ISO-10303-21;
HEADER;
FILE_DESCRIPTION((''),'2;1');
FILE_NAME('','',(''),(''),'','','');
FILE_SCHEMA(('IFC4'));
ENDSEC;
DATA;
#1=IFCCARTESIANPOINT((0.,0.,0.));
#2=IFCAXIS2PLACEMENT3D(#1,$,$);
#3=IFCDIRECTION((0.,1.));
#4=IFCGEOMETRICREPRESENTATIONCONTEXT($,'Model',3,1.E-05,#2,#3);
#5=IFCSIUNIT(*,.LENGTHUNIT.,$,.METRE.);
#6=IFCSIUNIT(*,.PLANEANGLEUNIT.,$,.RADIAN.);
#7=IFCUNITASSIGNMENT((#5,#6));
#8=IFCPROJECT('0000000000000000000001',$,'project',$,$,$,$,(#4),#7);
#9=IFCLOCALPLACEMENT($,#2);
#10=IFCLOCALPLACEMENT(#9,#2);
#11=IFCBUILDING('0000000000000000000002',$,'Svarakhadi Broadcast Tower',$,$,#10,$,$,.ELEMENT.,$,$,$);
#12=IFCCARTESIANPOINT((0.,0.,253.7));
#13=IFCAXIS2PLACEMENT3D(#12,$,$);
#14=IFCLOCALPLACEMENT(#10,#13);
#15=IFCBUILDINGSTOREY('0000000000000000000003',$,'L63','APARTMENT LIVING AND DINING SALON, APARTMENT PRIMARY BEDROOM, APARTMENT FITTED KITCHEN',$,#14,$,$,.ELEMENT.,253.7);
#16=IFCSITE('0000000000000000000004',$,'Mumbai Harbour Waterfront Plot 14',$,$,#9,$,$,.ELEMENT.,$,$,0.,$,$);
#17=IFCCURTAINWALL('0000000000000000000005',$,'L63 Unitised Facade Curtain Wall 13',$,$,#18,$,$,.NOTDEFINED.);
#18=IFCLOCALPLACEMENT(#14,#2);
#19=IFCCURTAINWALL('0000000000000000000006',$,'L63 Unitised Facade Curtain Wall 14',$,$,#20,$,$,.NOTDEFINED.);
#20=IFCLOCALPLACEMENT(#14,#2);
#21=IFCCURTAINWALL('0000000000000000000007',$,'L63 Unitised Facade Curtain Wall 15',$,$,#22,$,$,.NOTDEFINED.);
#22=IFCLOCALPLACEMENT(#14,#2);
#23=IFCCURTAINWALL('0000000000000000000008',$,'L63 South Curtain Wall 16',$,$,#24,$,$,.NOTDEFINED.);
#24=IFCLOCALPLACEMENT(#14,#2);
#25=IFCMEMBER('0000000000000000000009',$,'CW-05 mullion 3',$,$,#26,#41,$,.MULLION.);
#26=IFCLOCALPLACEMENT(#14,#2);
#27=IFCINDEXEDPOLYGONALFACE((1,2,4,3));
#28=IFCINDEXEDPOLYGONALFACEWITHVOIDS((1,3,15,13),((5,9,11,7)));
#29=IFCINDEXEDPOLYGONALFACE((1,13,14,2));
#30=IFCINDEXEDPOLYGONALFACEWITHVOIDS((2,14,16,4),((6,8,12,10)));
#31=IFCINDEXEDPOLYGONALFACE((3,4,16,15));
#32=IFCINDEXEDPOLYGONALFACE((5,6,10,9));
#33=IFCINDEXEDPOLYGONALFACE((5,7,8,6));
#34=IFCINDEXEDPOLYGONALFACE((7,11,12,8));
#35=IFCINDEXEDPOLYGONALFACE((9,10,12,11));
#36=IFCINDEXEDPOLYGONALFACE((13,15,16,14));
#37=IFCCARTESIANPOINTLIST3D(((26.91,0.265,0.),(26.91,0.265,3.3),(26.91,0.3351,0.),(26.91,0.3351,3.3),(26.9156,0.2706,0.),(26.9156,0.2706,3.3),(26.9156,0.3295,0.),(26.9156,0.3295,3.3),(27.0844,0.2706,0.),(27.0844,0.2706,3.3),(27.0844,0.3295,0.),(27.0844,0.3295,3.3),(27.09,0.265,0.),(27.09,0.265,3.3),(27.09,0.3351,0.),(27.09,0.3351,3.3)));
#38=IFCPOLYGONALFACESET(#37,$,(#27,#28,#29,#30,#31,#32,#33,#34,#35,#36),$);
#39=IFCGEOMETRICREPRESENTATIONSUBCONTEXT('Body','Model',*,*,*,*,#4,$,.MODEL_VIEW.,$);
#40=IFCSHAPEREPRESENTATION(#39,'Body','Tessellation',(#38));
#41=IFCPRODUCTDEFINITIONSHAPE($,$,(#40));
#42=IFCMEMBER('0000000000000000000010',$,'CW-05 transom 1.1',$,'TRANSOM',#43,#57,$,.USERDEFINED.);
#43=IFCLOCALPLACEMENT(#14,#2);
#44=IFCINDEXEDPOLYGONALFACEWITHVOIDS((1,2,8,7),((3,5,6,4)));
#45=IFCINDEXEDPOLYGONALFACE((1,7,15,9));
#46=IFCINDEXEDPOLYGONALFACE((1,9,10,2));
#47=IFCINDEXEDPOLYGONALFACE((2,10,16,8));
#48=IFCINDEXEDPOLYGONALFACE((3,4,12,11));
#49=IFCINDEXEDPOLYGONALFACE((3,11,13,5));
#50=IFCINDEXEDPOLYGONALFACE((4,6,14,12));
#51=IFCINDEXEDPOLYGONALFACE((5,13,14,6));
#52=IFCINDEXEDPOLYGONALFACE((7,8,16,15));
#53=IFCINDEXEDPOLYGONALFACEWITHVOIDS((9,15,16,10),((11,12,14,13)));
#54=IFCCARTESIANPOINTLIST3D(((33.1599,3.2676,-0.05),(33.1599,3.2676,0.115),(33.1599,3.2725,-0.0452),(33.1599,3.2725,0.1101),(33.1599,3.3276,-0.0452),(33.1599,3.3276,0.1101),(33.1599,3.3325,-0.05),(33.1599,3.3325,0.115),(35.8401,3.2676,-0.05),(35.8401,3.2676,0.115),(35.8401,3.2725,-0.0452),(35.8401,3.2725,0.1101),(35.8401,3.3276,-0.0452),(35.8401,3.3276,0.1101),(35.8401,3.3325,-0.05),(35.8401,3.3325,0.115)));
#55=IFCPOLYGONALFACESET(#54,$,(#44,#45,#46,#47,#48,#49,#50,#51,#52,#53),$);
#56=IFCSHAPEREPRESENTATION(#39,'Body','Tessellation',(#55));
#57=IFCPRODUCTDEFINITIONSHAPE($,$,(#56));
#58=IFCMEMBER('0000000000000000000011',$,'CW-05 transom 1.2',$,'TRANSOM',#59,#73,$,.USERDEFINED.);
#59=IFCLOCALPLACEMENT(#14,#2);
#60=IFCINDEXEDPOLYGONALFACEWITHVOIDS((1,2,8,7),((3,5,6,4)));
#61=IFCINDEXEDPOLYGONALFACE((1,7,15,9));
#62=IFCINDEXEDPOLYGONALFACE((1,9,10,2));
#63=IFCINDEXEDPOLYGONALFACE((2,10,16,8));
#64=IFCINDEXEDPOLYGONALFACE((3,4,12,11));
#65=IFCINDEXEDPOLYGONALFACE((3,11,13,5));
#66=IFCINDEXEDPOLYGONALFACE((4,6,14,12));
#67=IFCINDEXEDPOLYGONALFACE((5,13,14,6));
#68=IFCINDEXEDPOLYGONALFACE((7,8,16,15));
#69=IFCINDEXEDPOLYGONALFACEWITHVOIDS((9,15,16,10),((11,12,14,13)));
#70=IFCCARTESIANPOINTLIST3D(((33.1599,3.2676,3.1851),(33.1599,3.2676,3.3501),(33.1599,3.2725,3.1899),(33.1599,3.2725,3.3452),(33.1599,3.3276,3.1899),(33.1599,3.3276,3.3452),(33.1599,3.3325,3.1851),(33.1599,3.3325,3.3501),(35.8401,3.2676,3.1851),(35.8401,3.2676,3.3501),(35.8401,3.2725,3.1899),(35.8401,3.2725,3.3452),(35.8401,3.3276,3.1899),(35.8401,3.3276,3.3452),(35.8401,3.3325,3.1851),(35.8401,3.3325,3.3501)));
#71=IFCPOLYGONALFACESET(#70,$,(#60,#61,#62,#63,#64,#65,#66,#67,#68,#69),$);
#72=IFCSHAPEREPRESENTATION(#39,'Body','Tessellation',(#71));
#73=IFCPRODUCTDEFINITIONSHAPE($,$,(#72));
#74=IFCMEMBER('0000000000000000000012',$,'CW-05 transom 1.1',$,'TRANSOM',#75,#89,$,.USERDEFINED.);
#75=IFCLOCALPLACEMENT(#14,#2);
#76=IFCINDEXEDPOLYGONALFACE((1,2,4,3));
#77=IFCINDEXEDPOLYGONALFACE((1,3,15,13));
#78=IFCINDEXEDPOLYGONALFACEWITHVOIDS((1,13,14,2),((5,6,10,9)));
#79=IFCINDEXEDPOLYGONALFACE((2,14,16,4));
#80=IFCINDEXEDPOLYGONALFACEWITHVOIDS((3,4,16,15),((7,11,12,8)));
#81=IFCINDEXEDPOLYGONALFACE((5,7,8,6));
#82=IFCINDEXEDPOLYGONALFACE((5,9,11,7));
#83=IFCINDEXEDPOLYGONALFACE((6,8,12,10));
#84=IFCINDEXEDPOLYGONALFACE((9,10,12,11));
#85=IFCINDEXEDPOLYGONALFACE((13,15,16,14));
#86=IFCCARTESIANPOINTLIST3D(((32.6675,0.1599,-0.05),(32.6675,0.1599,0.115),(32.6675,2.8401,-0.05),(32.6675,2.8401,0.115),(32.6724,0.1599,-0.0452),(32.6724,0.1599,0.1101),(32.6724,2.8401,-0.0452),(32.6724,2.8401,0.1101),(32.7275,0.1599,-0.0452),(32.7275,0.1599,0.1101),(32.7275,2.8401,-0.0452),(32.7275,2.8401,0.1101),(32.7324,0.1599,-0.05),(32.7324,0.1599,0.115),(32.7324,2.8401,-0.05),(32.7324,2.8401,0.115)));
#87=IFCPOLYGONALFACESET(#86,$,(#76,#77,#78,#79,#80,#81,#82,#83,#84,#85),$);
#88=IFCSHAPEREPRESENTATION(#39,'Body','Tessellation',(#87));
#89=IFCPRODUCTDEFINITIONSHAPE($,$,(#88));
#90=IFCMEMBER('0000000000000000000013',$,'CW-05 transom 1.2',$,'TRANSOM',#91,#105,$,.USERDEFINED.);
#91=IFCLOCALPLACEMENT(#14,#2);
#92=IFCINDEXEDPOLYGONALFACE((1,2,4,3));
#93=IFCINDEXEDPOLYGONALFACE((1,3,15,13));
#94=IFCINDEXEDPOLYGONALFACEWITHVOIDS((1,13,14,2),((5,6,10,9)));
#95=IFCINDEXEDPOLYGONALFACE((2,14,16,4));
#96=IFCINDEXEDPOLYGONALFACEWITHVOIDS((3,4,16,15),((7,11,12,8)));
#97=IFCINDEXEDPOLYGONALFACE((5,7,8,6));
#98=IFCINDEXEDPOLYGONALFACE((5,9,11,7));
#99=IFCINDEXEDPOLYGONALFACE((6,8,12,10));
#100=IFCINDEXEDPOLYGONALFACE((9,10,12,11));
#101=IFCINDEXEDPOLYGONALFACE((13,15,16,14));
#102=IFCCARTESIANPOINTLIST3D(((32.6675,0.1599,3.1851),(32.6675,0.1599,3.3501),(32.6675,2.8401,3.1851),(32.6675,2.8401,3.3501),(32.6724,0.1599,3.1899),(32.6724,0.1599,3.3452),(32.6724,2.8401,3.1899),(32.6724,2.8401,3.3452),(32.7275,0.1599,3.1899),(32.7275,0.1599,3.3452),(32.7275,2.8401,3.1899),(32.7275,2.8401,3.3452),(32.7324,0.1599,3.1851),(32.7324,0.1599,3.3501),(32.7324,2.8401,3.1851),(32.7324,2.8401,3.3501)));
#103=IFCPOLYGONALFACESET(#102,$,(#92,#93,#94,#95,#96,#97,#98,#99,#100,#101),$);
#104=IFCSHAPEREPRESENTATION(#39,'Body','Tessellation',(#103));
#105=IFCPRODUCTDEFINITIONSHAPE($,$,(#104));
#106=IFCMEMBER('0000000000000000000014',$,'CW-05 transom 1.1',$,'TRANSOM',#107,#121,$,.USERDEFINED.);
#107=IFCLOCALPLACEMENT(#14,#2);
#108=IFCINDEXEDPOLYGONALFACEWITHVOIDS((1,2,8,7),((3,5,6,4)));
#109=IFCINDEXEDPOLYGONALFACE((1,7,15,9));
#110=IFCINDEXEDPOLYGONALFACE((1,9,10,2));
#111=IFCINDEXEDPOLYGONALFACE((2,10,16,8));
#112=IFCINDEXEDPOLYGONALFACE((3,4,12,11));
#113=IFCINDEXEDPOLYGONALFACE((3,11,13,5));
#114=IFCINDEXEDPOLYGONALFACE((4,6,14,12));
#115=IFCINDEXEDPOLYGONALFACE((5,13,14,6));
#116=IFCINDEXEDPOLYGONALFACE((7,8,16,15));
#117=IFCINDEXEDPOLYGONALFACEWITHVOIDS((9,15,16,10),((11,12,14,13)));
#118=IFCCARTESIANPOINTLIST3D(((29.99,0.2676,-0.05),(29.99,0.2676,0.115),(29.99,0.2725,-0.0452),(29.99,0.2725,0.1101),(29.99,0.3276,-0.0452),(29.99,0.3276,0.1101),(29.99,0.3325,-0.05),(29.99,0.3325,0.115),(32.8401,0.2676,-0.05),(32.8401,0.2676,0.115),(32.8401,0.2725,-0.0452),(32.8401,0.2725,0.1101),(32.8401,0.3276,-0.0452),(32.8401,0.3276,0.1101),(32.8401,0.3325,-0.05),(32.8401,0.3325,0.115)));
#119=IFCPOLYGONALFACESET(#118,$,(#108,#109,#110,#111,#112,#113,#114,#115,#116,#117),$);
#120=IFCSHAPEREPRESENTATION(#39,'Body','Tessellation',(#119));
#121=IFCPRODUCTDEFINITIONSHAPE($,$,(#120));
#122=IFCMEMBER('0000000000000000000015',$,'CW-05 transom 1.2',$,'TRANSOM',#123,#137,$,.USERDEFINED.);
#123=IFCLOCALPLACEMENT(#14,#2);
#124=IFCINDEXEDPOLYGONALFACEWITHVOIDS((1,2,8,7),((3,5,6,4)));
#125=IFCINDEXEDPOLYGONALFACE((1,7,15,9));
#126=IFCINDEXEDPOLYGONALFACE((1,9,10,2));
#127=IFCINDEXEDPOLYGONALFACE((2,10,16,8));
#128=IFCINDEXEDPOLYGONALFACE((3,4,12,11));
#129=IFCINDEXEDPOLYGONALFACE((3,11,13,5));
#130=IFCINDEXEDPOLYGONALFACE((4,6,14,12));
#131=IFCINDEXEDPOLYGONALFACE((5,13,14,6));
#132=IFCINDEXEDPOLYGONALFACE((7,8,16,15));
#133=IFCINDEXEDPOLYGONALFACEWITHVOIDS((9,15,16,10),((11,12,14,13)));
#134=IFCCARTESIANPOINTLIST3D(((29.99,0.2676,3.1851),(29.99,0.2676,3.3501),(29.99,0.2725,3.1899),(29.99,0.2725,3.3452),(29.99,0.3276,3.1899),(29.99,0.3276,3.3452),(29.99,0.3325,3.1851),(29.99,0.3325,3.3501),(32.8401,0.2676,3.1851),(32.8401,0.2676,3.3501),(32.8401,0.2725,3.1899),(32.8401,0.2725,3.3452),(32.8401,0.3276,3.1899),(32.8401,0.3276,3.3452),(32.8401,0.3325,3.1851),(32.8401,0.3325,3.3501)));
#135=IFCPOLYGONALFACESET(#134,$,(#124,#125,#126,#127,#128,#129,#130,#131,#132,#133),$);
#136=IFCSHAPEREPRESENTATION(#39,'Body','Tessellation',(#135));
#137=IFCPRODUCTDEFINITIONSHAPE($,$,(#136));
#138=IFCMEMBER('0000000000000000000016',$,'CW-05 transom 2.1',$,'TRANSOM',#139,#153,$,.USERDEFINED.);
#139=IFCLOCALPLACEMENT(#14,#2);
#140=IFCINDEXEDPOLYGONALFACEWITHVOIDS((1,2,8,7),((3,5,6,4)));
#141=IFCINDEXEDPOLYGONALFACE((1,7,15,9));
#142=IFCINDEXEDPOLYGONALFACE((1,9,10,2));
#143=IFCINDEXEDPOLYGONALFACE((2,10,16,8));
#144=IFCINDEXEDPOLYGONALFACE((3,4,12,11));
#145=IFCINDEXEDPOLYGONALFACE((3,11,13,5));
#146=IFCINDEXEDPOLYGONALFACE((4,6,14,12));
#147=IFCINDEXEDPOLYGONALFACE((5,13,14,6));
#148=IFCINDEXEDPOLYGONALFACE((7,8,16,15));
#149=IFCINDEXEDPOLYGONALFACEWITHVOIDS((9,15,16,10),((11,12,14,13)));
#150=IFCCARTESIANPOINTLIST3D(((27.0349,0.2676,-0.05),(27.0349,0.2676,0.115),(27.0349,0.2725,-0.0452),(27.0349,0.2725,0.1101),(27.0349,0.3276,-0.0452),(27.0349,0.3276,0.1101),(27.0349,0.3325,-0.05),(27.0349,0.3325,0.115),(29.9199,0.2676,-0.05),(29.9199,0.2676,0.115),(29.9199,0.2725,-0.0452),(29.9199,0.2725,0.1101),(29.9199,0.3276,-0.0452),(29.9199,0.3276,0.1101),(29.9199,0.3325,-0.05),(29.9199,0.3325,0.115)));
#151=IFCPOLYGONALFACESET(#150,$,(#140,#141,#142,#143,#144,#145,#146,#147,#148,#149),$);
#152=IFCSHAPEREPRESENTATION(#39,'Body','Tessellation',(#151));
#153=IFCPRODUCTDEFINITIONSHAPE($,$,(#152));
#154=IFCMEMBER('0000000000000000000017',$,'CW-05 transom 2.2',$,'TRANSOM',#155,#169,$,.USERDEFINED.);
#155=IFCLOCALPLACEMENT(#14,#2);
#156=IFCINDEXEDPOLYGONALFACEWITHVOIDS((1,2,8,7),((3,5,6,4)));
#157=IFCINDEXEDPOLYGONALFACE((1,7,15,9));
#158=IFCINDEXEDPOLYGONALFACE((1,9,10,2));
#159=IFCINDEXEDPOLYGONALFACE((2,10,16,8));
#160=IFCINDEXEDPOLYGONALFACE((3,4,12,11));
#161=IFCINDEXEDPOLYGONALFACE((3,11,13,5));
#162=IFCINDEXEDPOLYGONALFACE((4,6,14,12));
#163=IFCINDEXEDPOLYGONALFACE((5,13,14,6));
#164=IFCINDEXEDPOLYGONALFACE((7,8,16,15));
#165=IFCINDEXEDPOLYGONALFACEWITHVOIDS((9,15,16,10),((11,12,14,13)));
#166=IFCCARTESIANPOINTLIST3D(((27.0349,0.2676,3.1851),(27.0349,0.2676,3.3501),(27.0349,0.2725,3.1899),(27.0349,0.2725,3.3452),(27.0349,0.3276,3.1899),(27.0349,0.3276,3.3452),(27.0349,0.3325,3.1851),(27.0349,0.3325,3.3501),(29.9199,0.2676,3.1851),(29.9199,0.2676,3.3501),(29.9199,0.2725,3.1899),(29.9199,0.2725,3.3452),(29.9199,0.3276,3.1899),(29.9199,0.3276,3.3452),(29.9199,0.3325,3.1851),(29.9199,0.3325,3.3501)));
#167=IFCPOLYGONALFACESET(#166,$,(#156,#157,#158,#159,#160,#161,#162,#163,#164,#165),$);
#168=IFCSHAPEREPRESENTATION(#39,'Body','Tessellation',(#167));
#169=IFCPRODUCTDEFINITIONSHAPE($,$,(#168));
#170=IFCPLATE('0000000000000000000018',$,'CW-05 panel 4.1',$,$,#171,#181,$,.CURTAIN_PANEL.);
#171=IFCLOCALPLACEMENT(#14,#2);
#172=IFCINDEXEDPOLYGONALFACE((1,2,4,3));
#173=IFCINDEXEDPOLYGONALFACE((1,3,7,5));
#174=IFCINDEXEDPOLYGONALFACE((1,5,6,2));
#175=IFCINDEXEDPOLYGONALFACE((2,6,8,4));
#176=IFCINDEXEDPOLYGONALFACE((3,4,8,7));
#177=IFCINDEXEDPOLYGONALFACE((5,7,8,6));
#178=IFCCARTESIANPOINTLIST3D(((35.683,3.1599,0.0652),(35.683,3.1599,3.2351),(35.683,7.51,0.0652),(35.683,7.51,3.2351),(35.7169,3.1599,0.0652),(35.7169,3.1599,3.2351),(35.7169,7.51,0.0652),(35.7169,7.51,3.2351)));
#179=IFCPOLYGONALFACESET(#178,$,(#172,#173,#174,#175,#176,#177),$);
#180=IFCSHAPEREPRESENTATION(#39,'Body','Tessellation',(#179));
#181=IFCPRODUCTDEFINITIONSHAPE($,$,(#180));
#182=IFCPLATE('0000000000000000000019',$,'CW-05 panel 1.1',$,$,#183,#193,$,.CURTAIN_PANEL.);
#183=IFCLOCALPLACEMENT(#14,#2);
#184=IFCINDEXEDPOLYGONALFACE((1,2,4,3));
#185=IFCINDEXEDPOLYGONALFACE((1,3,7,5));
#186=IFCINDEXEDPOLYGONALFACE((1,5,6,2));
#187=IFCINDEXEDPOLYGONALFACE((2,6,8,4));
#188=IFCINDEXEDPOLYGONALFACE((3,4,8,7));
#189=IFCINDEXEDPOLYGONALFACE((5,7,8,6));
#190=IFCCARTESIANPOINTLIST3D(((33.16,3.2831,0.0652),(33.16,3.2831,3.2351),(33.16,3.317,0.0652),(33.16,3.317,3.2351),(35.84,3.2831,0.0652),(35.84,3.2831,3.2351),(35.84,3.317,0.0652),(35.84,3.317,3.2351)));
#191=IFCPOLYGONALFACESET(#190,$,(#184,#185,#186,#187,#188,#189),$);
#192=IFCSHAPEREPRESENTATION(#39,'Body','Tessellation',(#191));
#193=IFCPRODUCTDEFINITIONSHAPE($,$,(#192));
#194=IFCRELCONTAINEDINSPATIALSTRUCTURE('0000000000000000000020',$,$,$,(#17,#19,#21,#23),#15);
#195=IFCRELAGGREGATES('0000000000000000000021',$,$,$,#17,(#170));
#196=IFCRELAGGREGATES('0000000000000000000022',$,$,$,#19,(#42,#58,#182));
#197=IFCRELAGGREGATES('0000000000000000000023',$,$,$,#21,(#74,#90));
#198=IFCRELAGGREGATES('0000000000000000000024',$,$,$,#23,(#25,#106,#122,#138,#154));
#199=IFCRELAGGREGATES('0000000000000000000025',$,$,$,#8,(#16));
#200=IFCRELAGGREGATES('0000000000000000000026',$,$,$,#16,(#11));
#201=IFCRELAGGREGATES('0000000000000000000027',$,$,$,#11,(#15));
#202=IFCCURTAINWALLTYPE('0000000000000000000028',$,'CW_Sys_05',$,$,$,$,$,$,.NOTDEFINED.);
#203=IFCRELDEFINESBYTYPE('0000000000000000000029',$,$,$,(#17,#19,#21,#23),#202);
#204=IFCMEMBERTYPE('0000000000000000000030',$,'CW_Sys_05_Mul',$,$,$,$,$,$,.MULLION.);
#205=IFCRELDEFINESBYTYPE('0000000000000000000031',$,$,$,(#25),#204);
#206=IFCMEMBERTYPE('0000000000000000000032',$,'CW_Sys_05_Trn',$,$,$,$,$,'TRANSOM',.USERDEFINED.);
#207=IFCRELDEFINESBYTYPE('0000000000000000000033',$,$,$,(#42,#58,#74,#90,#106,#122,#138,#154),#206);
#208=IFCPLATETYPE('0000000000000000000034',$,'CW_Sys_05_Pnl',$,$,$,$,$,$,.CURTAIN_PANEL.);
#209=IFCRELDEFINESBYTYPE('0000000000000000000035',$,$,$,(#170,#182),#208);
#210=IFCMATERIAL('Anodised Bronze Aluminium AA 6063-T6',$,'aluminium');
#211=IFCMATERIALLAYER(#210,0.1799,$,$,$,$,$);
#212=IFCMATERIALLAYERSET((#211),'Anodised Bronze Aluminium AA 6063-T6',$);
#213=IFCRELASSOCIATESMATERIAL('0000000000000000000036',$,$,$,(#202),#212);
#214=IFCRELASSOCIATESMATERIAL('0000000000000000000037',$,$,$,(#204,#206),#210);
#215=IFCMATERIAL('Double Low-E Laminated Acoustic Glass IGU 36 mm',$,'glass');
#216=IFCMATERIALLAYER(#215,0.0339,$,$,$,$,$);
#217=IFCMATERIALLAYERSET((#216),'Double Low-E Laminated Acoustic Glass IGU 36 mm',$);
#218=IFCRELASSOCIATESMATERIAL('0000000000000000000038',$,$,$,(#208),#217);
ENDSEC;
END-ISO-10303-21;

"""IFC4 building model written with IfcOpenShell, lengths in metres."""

from ifc_helpers import new_model, si_unit, direction, frame, origin, origin_2d, place, context, subcontext, project, spatial, rectangle, hollow_rectangle, extrude, material, layer, layer_set, material_profile, profile_set, type_object, element, aggregate, save


model = new_model("IFC4")

# Units and contexts
model_context = context("Model", 3, precision=1e-05, world=origin(), true_north=direction((0.0, 1.0)))
body_context = subcontext(model_context, "Body", "Model", "MODEL_VIEW")
ifc_project = project(units=[si_unit("LENGTHUNIT", "METRE"), si_unit("PLANEANGLEUNIT", "RADIAN")], contexts=[model_context])

# Site, building, storey
site_placement = place(None, origin())
site = spatial("IfcSite", under=ifc_project, at=site_placement, Name="Mumbai Harbour Waterfront Plot 14", CompositionType="ELEMENT", RefElevation=0.0)
building_placement = place(site_placement, origin())
building = spatial("IfcBuilding", under=site, at=building_placement, Name="Svarakhadi Broadcast Tower", CompositionType="ELEMENT")
storey_placement = place(building_placement, frame((0.0, 0.0, 253.7)))
storey = spatial("IfcBuildingStorey", under=building, at=storey_placement, Name="L63", Description="APARTMENT LIVING AND DINING SALON, APARTMENT PRIMARY BEDROOM, APARTMENT FITTED KITCHEN", CompositionType="ELEMENT", Elevation=253.7)

# Curtain wall
ifc_material_1 = material(Name="Anodised Bronze Aluminium AA 6063-T6", Category="aluminium")
ifc_layer_1 = layer(ifc_material_1, 0.1799)
ifc_layer_set_1 = layer_set([ifc_layer_1], Name="Anodised Bronze Aluminium AA 6063-T6")
curtain_wall_type = type_object("IfcCurtainWallType", Name="CW_Sys_05", PredefinedType="NOTDEFINED", material=ifc_layer_set_1)
curtain_wall_1_placement = place(storey_placement, origin())
curtain_wall_1 = element("IfcCurtainWall", 1, at=curtain_wall_1_placement, inside=storey, type_object=curtain_wall_type, Name="L63 Unitised Facade Curtain Wall 13", PredefinedType="NOTDEFINED")
ifc_material_profile_1 = material_profile(ifc_material_1, hollow_rectangle(XDim=0.0701, YDim=0.1799, WallThickness=0.0056, at=origin_2d()), Name="ALU MULLION 180x70x6")
ifc_profile_set_1 = profile_set([ifc_material_profile_1], Name="Anodised Bronze Aluminium AA 6063-T6")
member_type_1 = type_object("IfcMemberType", Name="CW_Sys_05_Mul", PredefinedType="MULLION", material=ifc_profile_set_1)

# Curtain walls, member
curtain_wall_2_placement = place(storey_placement, origin())
curtain_wall_2 = element("IfcCurtainWall", 2, at=curtain_wall_2_placement, inside=storey, type_object=curtain_wall_type, Name="L63 Unitised Facade Curtain Wall 14", PredefinedType="NOTDEFINED")
curtain_wall_3_placement = place(storey_placement, origin())
curtain_wall_3 = element("IfcCurtainWall", 3, at=curtain_wall_3_placement, inside=storey, type_object=curtain_wall_type, Name="L63 Unitised Facade Curtain Wall 15", PredefinedType="NOTDEFINED")
curtain_wall_4_placement = place(storey_placement, origin())
curtain_wall_4 = element("IfcCurtainWall", 4, at=curtain_wall_4_placement, inside=storey, type_object=curtain_wall_type, Name="L63 South Curtain Wall 16", PredefinedType="NOTDEFINED")
member_1_placement = place(storey_placement, frame((27.0, 0.3, 0.0), z_axis=(0.0, 0.0, 1.0), x_axis=(0.0, -1.0, 0.0)))
member_1 = element("IfcMember", 5, at=member_1_placement, type_object=member_type_1, Name="CW-05 mullion 3", PredefinedType="MULLION", context=body_context, shape_type="SweptSolid", body=[
    extrude(hollow_rectangle(XDim=0.0701, YDim=0.1799, WallThickness=0.0056, at=origin_2d()), origin(), (0.0, 0.0, 1.0), 3.3),
])

# Members
ifc_material_profile_2 = material_profile(ifc_material_1, hollow_rectangle(XDim=0.0649, YDim=0.165, WallThickness=0.0049, at=origin_2d()), Name="ALU TRANSOM 165x65x5")
ifc_profile_set_2 = profile_set([ifc_material_profile_2], Name="Anodised Bronze Aluminium AA 6063-T6")
member_type_2 = type_object("IfcMemberType", Name="CW_Sys_05_Trn", ElementType="TRANSOM", PredefinedType="USERDEFINED", material=ifc_profile_set_2)
member_2_placement = place(storey_placement, frame((35.8401, 3.3, 0.0325), z_axis=(-1.0, 0.0, 0.0), x_axis=(0.0, -1.0, 0.0)))
member_2 = element("IfcMember", 6, at=member_2_placement, type_object=member_type_2, Name="CW-05 transom 1.1", ObjectType="TRANSOM", PredefinedType="USERDEFINED", context=body_context, shape_type="SweptSolid", body=[
    extrude(hollow_rectangle(XDim=0.0649, YDim=0.165, WallThickness=0.0049, at=origin_2d()), origin(), (0.0, 0.0, 1.0), 2.6802),
])
member_3_placement = place(storey_placement, frame((35.8401, 3.3, 3.2676), z_axis=(-1.0, 0.0, 0.0), x_axis=(0.0, -1.0, 0.0)))
member_3 = element("IfcMember", 7, at=member_3_placement, type_object=member_type_2, Name="CW-05 transom 1.2", ObjectType="TRANSOM", PredefinedType="USERDEFINED", context=body_context, shape_type="SweptSolid", body=[
    extrude(hollow_rectangle(XDim=0.0649, YDim=0.165, WallThickness=0.0049, at=origin_2d()), origin(), (0.0, 0.0, 1.0), 2.6802),
])
member_4_placement = place(storey_placement, frame((32.7, 2.8401, 0.0325), z_axis=(0.0, -1.0, 0.0), x_axis=(1.0, 0.0, 0.0)))
member_4 = element("IfcMember", 8, at=member_4_placement, type_object=member_type_2, Name="CW-05 transom 1.1", ObjectType="TRANSOM", PredefinedType="USERDEFINED", context=body_context, shape_type="SweptSolid", body=[
    extrude(hollow_rectangle(XDim=0.0649, YDim=0.165, WallThickness=0.0049, at=origin_2d()), origin(), (0.0, 0.0, 1.0), 2.6802),
])
member_5_placement = place(storey_placement, frame((32.7, 2.8401, 3.2676), z_axis=(0.0, -1.0, 0.0), x_axis=(1.0, 0.0, 0.0)))
member_5 = element("IfcMember", 9, at=member_5_placement, type_object=member_type_2, Name="CW-05 transom 1.2", ObjectType="TRANSOM", PredefinedType="USERDEFINED", context=body_context, shape_type="SweptSolid", body=[
    extrude(hollow_rectangle(XDim=0.0649, YDim=0.165, WallThickness=0.0049, at=origin_2d()), origin(), (0.0, 0.0, 1.0), 2.6802),
])
member_6_placement = place(storey_placement, frame((32.8401, 0.3, 0.0325), z_axis=(-1.0, 0.0, 0.0), x_axis=(0.0, -1.0, 0.0)))
member_6 = element("IfcMember", 10, at=member_6_placement, type_object=member_type_2, Name="CW-05 transom 1.1", ObjectType="TRANSOM", PredefinedType="USERDEFINED", context=body_context, shape_type="SweptSolid", body=[
    extrude(hollow_rectangle(XDim=0.0649, YDim=0.165, WallThickness=0.0049, at=origin_2d()), origin(), (0.0, 0.0, 1.0), 2.8501),
])
member_7_placement = place(storey_placement, frame((32.8401, 0.3, 3.2676), z_axis=(-1.0, 0.0, 0.0), x_axis=(0.0, -1.0, 0.0)))
member_7 = element("IfcMember", 11, at=member_7_placement, type_object=member_type_2, Name="CW-05 transom 1.2", ObjectType="TRANSOM", PredefinedType="USERDEFINED", context=body_context, shape_type="SweptSolid", body=[
    extrude(hollow_rectangle(XDim=0.0649, YDim=0.165, WallThickness=0.0049, at=origin_2d()), origin(), (0.0, 0.0, 1.0), 2.8501),
])
member_8_placement = place(storey_placement, frame((29.9199, 0.3, 0.0325), z_axis=(-1.0, 0.0, 0.0), x_axis=(0.0, -1.0, 0.0)))
member_8 = element("IfcMember", 12, at=member_8_placement, type_object=member_type_2, Name="CW-05 transom 2.1", ObjectType="TRANSOM", PredefinedType="USERDEFINED", context=body_context, shape_type="SweptSolid", body=[
    extrude(hollow_rectangle(XDim=0.0649, YDim=0.165, WallThickness=0.0049, at=origin_2d()), origin(), (0.0, 0.0, 1.0), 2.885),
])
member_9_placement = place(storey_placement, frame((29.9199, 0.3, 3.2676), z_axis=(-1.0, 0.0, 0.0), x_axis=(0.0, -1.0, 0.0)))
member_9 = element("IfcMember", 13, at=member_9_placement, type_object=member_type_2, Name="CW-05 transom 2.2", ObjectType="TRANSOM", PredefinedType="USERDEFINED", context=body_context, shape_type="SweptSolid", body=[
    extrude(hollow_rectangle(XDim=0.0649, YDim=0.165, WallThickness=0.0049, at=origin_2d()), origin(), (0.0, 0.0, 1.0), 2.885),
])

# Plates
ifc_material_2 = material(Name="Double Low-E Laminated Acoustic Glass IGU 36 mm", Category="glass")
ifc_layer_2 = layer(ifc_material_2, 0.0339)
ifc_layer_set_2 = layer_set([ifc_layer_2], Name="Double Low-E Laminated Acoustic Glass IGU 36 mm")
plate_type = type_object("IfcPlateType", Name="CW_Sys_05_Pnl", PredefinedType="CURTAIN_PANEL", material=ifc_layer_set_2)
plate_1_placement = place(storey_placement, frame((35.7, 5.335, 0.0652), z_axis=(0.0, 0.0, 1.0), x_axis=(0.0, -1.0, 0.0)))
plate_1 = element("IfcPlate", 14, at=plate_1_placement, type_object=plate_type, Name="CW-05 panel 4.1", PredefinedType="CURTAIN_PANEL", context=body_context, shape_type="SweptSolid", body=[
    extrude(rectangle(XDim=4.3501, YDim=0.0339, at=origin_2d()), origin(), (0.0, 0.0, 1.0), 3.1699),
])
aggregate(curtain_wall_1, [plate_1])
plate_2_placement = place(storey_placement, frame((34.5, 3.3, 0.0652), z_axis=(0.0, 0.0, 1.0), x_axis=(-1.0, 0.0, 0.0)))
plate_2 = element("IfcPlate", 15, at=plate_2_placement, type_object=plate_type, Name="CW-05 panel 1.1", PredefinedType="CURTAIN_PANEL", context=body_context, shape_type="SweptSolid", body=[
    extrude(rectangle(XDim=2.6799, YDim=0.0339, at=origin_2d()), origin(), (0.0, 0.0, 1.0), 3.1699),
])
aggregate(curtain_wall_2, [member_2, member_3, plate_2])
aggregate(curtain_wall_3, [member_4, member_5])
aggregate(curtain_wall_4, [member_1, member_6, member_7, member_8, member_9])

save(model, "model.ifc")
